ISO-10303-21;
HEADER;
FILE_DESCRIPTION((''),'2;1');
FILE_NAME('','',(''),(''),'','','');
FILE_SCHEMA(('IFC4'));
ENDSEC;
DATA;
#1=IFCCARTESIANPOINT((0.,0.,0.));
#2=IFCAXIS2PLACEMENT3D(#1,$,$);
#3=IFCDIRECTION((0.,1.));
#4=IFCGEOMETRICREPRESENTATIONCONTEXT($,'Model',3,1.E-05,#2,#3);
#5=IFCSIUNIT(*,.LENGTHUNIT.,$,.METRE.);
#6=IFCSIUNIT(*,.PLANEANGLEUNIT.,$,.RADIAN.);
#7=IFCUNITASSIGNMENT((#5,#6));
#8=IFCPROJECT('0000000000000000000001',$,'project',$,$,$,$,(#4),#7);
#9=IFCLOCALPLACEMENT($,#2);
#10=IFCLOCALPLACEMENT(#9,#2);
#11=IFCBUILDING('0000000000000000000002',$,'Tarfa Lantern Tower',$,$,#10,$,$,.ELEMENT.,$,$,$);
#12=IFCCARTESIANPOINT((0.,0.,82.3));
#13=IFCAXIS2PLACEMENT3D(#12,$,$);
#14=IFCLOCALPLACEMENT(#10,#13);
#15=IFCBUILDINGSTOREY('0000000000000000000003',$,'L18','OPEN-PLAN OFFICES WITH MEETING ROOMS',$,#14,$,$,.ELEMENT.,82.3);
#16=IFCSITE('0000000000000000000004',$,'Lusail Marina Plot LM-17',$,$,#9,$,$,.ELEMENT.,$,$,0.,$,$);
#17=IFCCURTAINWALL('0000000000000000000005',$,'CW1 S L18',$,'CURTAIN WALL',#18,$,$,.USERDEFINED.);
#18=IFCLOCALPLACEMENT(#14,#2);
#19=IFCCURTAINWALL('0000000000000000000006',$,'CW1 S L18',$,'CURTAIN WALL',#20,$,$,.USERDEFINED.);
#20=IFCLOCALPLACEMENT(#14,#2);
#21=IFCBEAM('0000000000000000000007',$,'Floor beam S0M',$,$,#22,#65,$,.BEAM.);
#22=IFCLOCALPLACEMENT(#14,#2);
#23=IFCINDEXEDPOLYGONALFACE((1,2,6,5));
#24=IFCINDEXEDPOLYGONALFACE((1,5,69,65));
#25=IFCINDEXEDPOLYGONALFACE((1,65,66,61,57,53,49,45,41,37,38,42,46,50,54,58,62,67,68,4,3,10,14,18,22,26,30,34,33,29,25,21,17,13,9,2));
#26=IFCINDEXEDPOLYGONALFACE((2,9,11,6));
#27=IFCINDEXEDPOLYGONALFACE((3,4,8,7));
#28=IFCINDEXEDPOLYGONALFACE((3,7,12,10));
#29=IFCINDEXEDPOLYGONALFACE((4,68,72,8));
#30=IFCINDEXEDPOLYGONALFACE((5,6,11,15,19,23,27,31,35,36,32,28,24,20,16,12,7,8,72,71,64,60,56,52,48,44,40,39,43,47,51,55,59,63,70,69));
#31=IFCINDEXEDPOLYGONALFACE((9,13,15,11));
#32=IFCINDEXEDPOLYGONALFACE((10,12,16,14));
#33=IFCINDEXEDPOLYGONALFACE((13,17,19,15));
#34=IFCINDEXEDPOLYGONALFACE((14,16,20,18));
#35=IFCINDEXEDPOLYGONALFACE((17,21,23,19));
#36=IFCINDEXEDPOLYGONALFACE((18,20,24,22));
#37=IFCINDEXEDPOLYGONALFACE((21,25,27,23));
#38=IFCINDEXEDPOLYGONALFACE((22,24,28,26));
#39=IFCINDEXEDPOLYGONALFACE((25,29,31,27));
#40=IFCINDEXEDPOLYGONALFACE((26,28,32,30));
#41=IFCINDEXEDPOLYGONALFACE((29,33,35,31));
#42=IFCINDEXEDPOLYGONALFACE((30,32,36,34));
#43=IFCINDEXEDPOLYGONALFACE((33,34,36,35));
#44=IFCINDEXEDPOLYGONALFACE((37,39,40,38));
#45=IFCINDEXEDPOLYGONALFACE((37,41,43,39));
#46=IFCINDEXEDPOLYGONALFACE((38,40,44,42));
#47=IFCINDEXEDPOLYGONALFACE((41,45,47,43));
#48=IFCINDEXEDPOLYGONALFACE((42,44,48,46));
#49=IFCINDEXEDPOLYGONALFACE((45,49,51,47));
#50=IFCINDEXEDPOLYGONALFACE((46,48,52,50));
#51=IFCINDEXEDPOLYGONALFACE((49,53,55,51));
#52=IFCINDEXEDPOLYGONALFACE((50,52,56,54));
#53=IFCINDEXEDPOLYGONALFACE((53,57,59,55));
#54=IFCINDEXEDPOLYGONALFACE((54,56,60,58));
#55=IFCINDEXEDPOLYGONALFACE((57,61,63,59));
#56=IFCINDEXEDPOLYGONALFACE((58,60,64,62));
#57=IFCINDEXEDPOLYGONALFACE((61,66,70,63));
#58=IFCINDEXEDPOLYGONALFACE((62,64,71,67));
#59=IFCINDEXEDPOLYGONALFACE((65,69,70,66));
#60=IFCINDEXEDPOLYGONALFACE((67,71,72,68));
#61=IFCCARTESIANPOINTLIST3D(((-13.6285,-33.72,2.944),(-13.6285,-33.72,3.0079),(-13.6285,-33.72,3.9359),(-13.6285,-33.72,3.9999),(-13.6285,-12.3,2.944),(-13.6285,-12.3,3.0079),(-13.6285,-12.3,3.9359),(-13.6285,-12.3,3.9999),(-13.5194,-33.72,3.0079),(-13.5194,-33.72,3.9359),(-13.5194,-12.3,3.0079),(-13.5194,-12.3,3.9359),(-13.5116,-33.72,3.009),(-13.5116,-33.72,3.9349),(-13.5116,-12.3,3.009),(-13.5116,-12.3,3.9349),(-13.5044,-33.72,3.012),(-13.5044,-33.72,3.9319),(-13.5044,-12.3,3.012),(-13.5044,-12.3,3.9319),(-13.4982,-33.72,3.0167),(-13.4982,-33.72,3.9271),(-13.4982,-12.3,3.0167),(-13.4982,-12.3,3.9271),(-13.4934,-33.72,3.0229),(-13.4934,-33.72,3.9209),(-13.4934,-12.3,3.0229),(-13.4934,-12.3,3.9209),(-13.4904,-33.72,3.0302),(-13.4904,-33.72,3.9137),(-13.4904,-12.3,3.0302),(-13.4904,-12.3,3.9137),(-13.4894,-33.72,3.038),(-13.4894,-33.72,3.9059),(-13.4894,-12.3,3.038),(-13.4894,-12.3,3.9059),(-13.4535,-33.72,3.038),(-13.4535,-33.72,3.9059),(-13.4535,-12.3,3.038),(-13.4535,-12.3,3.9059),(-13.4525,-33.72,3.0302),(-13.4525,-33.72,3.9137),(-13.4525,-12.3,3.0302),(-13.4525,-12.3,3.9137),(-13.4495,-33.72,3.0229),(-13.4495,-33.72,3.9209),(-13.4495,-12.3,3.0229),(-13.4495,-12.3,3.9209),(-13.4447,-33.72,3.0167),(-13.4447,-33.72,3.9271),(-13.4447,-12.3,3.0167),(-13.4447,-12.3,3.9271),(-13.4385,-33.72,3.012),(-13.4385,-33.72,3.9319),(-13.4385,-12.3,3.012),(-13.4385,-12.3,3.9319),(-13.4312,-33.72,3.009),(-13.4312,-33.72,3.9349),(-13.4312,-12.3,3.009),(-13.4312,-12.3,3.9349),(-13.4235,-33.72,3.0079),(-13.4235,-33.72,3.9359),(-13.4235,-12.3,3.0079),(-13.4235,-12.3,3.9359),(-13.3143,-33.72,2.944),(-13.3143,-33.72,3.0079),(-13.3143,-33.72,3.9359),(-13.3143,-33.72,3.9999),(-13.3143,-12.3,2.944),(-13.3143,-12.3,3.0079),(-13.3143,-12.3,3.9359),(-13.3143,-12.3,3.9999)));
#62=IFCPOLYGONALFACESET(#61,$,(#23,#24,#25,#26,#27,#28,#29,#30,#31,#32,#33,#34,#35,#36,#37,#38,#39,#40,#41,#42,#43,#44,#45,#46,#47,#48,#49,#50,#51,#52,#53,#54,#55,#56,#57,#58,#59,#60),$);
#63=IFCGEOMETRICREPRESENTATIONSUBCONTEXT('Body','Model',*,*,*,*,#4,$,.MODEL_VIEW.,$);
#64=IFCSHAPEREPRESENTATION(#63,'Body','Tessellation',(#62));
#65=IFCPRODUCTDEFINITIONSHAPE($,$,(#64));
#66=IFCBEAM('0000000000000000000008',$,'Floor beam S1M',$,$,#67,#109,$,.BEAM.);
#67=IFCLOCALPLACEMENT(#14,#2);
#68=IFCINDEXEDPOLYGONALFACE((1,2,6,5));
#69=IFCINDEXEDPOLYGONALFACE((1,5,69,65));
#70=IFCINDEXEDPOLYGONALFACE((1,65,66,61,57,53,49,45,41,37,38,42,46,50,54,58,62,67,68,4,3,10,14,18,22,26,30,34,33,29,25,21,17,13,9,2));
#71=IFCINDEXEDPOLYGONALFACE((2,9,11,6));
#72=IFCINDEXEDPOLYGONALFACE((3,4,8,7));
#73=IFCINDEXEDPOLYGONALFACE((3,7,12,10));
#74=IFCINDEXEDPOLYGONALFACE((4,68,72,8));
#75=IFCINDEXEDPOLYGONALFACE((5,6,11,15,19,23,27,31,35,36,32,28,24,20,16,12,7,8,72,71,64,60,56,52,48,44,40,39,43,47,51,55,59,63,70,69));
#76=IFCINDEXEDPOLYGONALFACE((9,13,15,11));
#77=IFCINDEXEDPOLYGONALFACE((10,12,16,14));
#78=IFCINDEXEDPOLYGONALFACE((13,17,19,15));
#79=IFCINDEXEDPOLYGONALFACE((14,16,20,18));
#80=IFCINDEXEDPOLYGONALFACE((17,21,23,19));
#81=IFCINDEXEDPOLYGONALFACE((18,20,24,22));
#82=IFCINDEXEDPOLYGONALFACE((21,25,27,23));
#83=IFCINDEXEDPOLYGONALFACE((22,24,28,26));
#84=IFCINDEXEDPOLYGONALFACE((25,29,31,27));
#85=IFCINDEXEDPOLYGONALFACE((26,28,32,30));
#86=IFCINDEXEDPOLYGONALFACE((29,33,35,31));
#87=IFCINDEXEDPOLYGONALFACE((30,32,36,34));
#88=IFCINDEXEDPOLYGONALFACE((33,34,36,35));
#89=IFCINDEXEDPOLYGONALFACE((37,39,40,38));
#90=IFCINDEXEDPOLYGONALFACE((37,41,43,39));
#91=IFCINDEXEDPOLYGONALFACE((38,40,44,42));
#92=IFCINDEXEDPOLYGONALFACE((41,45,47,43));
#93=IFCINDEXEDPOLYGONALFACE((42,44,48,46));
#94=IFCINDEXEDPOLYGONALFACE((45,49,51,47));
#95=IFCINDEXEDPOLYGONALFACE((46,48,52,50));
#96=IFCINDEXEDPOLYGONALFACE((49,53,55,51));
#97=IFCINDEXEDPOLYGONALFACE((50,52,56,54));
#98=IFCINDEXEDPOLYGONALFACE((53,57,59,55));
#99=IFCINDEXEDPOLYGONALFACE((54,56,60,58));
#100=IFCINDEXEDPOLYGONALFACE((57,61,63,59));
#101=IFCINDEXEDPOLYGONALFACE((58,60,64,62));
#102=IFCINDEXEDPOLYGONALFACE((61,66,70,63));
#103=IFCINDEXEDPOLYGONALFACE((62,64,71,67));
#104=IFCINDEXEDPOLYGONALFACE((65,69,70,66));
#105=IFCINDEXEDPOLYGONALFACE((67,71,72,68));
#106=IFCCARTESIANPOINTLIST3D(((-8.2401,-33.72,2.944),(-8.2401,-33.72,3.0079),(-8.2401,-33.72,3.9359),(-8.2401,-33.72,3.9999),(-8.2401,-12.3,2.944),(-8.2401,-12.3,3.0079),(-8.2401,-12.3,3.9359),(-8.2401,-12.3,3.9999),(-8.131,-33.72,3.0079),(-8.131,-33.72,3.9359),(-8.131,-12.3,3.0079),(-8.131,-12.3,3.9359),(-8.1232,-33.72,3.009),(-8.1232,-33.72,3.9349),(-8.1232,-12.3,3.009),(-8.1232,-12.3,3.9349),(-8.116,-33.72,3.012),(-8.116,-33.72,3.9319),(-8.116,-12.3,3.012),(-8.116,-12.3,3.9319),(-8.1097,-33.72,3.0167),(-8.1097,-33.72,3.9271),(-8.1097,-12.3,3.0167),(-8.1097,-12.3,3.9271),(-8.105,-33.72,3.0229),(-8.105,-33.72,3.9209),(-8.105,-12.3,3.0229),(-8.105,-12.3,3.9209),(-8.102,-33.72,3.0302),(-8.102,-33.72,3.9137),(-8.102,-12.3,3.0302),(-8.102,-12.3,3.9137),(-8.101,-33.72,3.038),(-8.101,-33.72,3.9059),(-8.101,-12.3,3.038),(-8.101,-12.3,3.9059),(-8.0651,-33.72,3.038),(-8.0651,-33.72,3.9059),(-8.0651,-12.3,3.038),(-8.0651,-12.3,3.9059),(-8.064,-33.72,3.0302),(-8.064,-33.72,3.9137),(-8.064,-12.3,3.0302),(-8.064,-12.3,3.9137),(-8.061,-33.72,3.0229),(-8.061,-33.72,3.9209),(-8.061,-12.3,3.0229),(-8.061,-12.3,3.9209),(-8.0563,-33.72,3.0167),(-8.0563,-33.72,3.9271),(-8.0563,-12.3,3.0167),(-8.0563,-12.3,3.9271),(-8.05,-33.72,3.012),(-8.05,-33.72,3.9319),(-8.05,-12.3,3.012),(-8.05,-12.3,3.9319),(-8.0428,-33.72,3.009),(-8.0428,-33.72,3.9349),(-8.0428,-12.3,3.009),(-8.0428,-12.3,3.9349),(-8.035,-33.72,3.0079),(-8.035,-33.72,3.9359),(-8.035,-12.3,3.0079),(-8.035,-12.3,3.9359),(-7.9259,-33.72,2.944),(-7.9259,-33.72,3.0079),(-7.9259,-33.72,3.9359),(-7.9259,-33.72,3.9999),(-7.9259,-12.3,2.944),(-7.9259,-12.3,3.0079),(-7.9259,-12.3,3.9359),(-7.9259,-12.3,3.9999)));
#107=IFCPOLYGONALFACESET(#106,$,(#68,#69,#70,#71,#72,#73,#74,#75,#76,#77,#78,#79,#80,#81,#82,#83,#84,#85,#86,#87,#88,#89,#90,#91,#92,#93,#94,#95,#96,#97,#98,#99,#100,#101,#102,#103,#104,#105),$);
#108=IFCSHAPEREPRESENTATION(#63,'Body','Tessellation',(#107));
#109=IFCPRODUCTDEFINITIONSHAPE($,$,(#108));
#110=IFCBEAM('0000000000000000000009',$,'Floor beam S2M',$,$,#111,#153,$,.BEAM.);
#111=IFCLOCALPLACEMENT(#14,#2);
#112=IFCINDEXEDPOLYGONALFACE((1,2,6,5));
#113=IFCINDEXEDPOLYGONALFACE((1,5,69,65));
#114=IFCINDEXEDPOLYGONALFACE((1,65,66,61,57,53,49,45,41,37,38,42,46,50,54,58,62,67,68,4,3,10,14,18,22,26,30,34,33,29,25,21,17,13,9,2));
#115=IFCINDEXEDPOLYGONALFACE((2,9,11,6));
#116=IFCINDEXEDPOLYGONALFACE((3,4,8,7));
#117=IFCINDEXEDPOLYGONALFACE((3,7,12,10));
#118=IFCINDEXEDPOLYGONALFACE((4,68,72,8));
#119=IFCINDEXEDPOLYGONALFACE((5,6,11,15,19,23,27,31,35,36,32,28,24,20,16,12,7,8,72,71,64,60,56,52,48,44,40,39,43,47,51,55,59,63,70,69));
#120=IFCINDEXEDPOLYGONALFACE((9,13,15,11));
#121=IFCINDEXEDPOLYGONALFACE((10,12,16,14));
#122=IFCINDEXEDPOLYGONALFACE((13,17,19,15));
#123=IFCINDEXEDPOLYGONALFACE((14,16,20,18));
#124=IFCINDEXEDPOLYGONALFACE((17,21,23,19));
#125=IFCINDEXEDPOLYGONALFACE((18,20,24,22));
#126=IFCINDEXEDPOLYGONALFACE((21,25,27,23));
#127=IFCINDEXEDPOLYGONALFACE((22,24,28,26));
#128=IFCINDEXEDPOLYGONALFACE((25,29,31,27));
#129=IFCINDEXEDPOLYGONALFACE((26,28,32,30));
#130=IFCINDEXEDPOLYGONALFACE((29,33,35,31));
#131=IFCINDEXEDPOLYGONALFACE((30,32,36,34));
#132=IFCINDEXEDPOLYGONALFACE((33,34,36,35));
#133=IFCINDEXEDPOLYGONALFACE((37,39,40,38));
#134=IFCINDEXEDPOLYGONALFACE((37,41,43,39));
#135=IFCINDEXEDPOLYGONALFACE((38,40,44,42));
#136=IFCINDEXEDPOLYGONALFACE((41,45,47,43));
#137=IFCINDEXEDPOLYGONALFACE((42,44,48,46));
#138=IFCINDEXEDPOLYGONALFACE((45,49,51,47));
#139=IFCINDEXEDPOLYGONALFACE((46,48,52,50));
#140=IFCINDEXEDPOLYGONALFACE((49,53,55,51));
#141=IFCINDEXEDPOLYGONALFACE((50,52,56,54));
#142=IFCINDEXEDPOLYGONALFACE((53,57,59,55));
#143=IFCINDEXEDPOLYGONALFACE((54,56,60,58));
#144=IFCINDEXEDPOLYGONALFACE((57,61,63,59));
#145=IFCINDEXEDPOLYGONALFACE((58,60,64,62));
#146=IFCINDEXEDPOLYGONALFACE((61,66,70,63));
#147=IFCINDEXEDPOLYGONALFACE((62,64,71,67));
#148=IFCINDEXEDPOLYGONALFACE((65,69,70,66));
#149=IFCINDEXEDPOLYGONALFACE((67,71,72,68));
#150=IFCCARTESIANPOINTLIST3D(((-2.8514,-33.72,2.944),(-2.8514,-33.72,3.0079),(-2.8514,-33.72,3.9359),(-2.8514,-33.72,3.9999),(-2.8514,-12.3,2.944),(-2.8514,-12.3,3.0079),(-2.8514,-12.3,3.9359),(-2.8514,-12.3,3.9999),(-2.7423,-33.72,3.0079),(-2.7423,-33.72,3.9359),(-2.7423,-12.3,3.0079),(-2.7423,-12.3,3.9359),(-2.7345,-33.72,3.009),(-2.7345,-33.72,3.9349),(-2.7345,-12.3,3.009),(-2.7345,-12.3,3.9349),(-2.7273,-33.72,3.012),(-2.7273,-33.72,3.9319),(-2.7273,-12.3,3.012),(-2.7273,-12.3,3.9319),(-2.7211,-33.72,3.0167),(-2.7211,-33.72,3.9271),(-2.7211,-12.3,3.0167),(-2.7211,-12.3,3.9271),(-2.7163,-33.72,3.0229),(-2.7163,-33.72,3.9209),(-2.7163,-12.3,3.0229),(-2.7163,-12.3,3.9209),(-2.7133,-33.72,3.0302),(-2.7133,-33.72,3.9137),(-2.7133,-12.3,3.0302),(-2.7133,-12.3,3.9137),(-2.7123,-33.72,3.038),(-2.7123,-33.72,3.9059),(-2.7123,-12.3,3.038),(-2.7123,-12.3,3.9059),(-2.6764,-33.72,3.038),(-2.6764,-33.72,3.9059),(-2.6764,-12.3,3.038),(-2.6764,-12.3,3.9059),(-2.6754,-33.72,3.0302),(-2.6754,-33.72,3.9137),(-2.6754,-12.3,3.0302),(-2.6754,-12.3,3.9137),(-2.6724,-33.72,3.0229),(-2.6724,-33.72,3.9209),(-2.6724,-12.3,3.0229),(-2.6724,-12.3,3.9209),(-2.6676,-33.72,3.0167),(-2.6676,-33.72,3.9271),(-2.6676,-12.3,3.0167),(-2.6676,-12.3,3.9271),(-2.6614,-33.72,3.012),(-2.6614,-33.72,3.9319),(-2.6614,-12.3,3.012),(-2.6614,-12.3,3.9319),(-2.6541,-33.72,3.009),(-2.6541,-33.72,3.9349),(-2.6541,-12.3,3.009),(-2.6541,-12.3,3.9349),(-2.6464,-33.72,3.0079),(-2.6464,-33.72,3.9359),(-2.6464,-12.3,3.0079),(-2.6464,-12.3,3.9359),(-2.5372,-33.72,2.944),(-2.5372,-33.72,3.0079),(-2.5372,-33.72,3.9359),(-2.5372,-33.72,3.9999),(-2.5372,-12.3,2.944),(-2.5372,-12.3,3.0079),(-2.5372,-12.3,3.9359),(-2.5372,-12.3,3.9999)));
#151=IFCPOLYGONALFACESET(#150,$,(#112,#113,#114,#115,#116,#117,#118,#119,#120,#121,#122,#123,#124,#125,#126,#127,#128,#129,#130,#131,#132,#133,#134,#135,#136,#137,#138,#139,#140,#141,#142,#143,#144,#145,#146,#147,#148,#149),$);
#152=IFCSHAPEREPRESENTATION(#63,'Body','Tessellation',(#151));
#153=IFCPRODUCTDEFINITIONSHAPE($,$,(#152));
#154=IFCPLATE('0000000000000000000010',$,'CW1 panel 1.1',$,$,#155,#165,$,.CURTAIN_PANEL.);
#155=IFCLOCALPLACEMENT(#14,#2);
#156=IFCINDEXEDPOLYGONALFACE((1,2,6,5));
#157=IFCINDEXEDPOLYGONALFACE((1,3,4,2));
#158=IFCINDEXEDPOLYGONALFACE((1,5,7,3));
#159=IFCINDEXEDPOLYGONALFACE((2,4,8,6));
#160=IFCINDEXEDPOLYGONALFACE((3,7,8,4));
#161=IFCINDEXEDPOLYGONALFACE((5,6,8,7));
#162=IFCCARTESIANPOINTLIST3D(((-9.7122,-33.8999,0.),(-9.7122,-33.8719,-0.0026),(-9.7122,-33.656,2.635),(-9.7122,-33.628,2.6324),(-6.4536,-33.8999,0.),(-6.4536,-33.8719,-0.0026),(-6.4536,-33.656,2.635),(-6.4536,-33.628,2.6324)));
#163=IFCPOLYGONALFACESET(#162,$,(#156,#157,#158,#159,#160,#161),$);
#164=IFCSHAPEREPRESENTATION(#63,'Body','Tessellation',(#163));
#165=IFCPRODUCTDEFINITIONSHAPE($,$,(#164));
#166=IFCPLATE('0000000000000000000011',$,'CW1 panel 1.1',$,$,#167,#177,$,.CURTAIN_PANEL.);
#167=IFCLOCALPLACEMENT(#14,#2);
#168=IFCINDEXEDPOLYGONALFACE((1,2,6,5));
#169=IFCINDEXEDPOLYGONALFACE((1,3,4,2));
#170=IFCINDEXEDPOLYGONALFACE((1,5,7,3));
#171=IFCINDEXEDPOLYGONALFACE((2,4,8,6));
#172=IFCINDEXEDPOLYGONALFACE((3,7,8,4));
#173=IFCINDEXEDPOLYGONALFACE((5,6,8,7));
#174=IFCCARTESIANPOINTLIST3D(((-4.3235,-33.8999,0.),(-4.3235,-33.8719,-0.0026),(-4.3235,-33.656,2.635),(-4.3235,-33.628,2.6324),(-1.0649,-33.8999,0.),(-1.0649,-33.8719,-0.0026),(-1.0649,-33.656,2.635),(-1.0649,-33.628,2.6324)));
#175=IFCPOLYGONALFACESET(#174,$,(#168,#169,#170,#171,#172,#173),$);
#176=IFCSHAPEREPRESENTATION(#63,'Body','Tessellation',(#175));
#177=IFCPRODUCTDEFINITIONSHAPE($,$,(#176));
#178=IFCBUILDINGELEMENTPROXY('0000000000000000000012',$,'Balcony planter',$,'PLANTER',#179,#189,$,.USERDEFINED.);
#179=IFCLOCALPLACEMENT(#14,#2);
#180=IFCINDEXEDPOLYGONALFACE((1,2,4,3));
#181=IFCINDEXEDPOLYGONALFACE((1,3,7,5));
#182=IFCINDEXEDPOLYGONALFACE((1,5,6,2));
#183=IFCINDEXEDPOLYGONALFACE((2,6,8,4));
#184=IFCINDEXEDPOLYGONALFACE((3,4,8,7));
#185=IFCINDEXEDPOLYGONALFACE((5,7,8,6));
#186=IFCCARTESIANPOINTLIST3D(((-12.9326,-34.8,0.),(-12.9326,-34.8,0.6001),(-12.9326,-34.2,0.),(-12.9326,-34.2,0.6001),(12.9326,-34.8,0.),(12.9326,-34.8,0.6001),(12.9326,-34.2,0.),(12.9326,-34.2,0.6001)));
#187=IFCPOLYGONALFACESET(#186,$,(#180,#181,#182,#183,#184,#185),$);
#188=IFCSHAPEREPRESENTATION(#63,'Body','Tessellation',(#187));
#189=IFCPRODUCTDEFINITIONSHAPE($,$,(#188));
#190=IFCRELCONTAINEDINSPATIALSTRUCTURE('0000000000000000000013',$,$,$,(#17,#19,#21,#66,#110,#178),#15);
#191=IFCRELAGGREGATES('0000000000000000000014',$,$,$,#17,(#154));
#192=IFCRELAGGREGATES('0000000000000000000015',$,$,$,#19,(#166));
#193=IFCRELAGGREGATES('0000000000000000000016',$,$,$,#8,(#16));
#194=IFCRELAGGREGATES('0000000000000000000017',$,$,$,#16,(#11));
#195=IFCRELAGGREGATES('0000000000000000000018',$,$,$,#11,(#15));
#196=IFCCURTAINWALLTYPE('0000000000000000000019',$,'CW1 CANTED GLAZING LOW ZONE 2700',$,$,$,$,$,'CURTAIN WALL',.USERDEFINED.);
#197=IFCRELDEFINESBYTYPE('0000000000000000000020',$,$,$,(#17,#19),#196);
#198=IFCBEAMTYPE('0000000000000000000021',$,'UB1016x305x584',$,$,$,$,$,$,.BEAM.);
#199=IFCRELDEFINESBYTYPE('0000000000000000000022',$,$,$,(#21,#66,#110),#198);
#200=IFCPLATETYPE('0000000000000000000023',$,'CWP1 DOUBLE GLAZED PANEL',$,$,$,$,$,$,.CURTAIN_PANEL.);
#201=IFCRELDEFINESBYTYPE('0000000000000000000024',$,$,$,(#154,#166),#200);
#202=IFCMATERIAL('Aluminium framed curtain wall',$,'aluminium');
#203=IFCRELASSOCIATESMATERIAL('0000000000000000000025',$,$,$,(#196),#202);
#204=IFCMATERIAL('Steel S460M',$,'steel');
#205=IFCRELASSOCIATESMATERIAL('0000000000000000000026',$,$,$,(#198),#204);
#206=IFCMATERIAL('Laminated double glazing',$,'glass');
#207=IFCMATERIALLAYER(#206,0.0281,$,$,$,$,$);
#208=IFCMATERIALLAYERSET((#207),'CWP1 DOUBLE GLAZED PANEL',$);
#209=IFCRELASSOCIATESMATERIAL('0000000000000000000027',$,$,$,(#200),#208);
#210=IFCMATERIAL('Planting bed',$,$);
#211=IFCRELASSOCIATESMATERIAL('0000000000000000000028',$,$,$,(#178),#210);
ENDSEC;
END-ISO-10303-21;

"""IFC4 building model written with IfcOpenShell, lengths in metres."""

from ifc_helpers import new_model, si_unit, direction, frame, origin, origin_2d, place, context, subcontext, project, spatial, polyline, rectangle, i_section, outline, extrude, material, layer, layer_set, material_profile, profile_set, type_object, element, aggregate, save


model = new_model("IFC4")

# Units and contexts
model_context = context("Model", 3, precision=1e-05, world=origin(), true_north=direction((0.0, 1.0)))
body_context = subcontext(model_context, "Body", "Model", "MODEL_VIEW")
ifc_project = project(units=[si_unit("LENGTHUNIT", "METRE"), si_unit("PLANEANGLEUNIT", "RADIAN")], contexts=[model_context])

# Site, building, storey
site_placement = place(None, origin())
site = spatial("IfcSite", under=ifc_project, at=site_placement, Name="Lusail Marina Plot LM-17", CompositionType="ELEMENT", RefElevation=0.0)
building_placement = place(site_placement, origin())
building = spatial("IfcBuilding", under=site, at=building_placement, Name="Tarfa Lantern Tower", CompositionType="ELEMENT")
storey_placement = place(building_placement, frame((0.0, 0.0, 82.3)))
storey = spatial("IfcBuildingStorey", under=building, at=storey_placement, Name="L18", Description="OPEN-PLAN OFFICES WITH MEETING ROOMS", CompositionType="ELEMENT", Elevation=82.3)

# Shared definitions
ifc_material_1 = material(Name="Aluminium framed curtain wall", Category="aluminium")
curtain_wall_type = type_object("IfcCurtainWallType", Name="CW1 CANTED GLAZING LOW ZONE 2700", ElementType="CURTAIN WALL", PredefinedType="USERDEFINED", material=ifc_material_1)

# Curtain walls
curtain_wall_1_placement = place(storey_placement, origin())
curtain_wall_1 = element("IfcCurtainWall", 1, at=curtain_wall_1_placement, inside=storey, type_object=curtain_wall_type, Name="CW1 S L18", ObjectType="CURTAIN WALL", PredefinedType="USERDEFINED")
curtain_wall_2_placement = place(storey_placement, origin())
curtain_wall_2 = element("IfcCurtainWall", 2, at=curtain_wall_2_placement, inside=storey, type_object=curtain_wall_type, Name="CW1 S L18", ObjectType="CURTAIN WALL", PredefinedType="USERDEFINED")

# Beams
ifc_material_2 = material(Name="Steel S460M", Category="steel")
ifc_material_profile_1 = material_profile(ifc_material_2, i_section(OverallWidth=0.3142, OverallDepth=1.0559, WebThickness=0.0359, FlangeThickness=0.064, FilletRadius=0.03, at=origin_2d()), Name="UB1016x305x584")
ifc_profile_set_1 = profile_set([ifc_material_profile_1], Name="Steel S460M")
beam_type_1 = type_object("IfcBeamType", Name="UB1016x305x584", PredefinedType="BEAM", material=ifc_profile_set_1)
for number, where, z_axis, x_axis, name in (
    (3, (-13.4714, -33.72, 3.4719), (0.0, 1.0, 0.0), (-1.0, 0.0, 0.0), "Floor beam S0M"),
    (4, (-8.083, -33.72, 3.4719), (0.0, 1.0, 0.0), (-1.0, 0.0, 0.0), "Floor beam S1M"),
    (5, (-2.6943, -33.72, 3.4719), (0.0, 1.0, 0.0), (-1.0, 0.0, 0.0), "Floor beam S2M"),
):
    element("IfcBeam", number, at=place(storey_placement, frame(where, z_axis=z_axis, x_axis=x_axis)), inside=storey, type_object=beam_type_1, Name=name, PredefinedType="BEAM", context=body_context, shape_type="SweptSolid", body=[
        extrude(i_section(OverallWidth=0.3142, OverallDepth=1.0559, WebThickness=0.0359, FlangeThickness=0.064, FilletRadius=0.03, at=origin_2d()), origin(), (0.0, 0.0, 1.0), 21.4199),
    ])

# Plates
ifc_material_3 = material(Name="Laminated double glazing", Category="glass")
ifc_layer = layer(ifc_material_3, 0.0281)
ifc_layer_set = layer_set([ifc_layer], Name="CWP1 DOUBLE GLAZED PANEL")
plate_type = type_object("IfcPlateType", Name="CWP1 DOUBLE GLAZED PANEL", PredefinedType="CURTAIN_PANEL", material=ifc_layer_set)
plate_1_placement = place(storey_placement, frame((-9.7122, -33.8999, 0.0), z_axis=(0.0, -0.995744, 0.092166), x_axis=(1.0, 0.0, 0.0)))
plate_1 = element("IfcPlate", 6, at=plate_1_placement, type_object=plate_type, Name="CW1 panel 1.1", PredefinedType="CURTAIN_PANEL", context=body_context, shape_type="SweptSolid", body=[
    extrude(outline(polyline([(0.0, 0.0), (3.2585, 0.0), (3.2585, 2.6463), (0.0, 2.6463), (0.0, 0.0)])), origin(), (0.0, 0.0, -1.0), 0.0281),
])
aggregate(curtain_wall_1, [plate_1])
plate_2_placement = place(storey_placement, frame((-4.3235, -33.8999, 0.0), z_axis=(0.0, -0.995744, 0.092166), x_axis=(1.0, 0.0, 0.0)))
plate_2 = element("IfcPlate", 7, at=plate_2_placement, type_object=plate_type, Name="CW1 panel 1.1", PredefinedType="CURTAIN_PANEL", context=body_context, shape_type="SweptSolid", body=[
    extrude(outline(polyline([(0.0, 0.0), (3.2585, 0.0), (3.2585, 2.6463), (0.0, 2.6463), (0.0, 0.0)])), origin(), (0.0, 0.0, -1.0), 0.0281),
])
aggregate(curtain_wall_2, [plate_2])

# Building element proxy
ifc_material_4 = material(Name="Planting bed")
proxy_placement = place(storey_placement, frame((0.0, -34.5, 0.0), z_axis=(0.0, 0.0, 1.0), x_axis=(1.0, 0.0, 0.0)))
element("IfcBuildingElementProxy", 8, at=proxy_placement, inside=storey, material=ifc_material_4, Name="Balcony planter", ObjectType="PLANTER", PredefinedType="USERDEFINED", context=body_context, shape_type="SweptSolid", body=[
    extrude(rectangle(XDim=25.8652, YDim=0.6001, at=origin_2d()), origin(), (0.0, 0.0, 1.0), 0.6001),
])

save(model, "model.ifc")
